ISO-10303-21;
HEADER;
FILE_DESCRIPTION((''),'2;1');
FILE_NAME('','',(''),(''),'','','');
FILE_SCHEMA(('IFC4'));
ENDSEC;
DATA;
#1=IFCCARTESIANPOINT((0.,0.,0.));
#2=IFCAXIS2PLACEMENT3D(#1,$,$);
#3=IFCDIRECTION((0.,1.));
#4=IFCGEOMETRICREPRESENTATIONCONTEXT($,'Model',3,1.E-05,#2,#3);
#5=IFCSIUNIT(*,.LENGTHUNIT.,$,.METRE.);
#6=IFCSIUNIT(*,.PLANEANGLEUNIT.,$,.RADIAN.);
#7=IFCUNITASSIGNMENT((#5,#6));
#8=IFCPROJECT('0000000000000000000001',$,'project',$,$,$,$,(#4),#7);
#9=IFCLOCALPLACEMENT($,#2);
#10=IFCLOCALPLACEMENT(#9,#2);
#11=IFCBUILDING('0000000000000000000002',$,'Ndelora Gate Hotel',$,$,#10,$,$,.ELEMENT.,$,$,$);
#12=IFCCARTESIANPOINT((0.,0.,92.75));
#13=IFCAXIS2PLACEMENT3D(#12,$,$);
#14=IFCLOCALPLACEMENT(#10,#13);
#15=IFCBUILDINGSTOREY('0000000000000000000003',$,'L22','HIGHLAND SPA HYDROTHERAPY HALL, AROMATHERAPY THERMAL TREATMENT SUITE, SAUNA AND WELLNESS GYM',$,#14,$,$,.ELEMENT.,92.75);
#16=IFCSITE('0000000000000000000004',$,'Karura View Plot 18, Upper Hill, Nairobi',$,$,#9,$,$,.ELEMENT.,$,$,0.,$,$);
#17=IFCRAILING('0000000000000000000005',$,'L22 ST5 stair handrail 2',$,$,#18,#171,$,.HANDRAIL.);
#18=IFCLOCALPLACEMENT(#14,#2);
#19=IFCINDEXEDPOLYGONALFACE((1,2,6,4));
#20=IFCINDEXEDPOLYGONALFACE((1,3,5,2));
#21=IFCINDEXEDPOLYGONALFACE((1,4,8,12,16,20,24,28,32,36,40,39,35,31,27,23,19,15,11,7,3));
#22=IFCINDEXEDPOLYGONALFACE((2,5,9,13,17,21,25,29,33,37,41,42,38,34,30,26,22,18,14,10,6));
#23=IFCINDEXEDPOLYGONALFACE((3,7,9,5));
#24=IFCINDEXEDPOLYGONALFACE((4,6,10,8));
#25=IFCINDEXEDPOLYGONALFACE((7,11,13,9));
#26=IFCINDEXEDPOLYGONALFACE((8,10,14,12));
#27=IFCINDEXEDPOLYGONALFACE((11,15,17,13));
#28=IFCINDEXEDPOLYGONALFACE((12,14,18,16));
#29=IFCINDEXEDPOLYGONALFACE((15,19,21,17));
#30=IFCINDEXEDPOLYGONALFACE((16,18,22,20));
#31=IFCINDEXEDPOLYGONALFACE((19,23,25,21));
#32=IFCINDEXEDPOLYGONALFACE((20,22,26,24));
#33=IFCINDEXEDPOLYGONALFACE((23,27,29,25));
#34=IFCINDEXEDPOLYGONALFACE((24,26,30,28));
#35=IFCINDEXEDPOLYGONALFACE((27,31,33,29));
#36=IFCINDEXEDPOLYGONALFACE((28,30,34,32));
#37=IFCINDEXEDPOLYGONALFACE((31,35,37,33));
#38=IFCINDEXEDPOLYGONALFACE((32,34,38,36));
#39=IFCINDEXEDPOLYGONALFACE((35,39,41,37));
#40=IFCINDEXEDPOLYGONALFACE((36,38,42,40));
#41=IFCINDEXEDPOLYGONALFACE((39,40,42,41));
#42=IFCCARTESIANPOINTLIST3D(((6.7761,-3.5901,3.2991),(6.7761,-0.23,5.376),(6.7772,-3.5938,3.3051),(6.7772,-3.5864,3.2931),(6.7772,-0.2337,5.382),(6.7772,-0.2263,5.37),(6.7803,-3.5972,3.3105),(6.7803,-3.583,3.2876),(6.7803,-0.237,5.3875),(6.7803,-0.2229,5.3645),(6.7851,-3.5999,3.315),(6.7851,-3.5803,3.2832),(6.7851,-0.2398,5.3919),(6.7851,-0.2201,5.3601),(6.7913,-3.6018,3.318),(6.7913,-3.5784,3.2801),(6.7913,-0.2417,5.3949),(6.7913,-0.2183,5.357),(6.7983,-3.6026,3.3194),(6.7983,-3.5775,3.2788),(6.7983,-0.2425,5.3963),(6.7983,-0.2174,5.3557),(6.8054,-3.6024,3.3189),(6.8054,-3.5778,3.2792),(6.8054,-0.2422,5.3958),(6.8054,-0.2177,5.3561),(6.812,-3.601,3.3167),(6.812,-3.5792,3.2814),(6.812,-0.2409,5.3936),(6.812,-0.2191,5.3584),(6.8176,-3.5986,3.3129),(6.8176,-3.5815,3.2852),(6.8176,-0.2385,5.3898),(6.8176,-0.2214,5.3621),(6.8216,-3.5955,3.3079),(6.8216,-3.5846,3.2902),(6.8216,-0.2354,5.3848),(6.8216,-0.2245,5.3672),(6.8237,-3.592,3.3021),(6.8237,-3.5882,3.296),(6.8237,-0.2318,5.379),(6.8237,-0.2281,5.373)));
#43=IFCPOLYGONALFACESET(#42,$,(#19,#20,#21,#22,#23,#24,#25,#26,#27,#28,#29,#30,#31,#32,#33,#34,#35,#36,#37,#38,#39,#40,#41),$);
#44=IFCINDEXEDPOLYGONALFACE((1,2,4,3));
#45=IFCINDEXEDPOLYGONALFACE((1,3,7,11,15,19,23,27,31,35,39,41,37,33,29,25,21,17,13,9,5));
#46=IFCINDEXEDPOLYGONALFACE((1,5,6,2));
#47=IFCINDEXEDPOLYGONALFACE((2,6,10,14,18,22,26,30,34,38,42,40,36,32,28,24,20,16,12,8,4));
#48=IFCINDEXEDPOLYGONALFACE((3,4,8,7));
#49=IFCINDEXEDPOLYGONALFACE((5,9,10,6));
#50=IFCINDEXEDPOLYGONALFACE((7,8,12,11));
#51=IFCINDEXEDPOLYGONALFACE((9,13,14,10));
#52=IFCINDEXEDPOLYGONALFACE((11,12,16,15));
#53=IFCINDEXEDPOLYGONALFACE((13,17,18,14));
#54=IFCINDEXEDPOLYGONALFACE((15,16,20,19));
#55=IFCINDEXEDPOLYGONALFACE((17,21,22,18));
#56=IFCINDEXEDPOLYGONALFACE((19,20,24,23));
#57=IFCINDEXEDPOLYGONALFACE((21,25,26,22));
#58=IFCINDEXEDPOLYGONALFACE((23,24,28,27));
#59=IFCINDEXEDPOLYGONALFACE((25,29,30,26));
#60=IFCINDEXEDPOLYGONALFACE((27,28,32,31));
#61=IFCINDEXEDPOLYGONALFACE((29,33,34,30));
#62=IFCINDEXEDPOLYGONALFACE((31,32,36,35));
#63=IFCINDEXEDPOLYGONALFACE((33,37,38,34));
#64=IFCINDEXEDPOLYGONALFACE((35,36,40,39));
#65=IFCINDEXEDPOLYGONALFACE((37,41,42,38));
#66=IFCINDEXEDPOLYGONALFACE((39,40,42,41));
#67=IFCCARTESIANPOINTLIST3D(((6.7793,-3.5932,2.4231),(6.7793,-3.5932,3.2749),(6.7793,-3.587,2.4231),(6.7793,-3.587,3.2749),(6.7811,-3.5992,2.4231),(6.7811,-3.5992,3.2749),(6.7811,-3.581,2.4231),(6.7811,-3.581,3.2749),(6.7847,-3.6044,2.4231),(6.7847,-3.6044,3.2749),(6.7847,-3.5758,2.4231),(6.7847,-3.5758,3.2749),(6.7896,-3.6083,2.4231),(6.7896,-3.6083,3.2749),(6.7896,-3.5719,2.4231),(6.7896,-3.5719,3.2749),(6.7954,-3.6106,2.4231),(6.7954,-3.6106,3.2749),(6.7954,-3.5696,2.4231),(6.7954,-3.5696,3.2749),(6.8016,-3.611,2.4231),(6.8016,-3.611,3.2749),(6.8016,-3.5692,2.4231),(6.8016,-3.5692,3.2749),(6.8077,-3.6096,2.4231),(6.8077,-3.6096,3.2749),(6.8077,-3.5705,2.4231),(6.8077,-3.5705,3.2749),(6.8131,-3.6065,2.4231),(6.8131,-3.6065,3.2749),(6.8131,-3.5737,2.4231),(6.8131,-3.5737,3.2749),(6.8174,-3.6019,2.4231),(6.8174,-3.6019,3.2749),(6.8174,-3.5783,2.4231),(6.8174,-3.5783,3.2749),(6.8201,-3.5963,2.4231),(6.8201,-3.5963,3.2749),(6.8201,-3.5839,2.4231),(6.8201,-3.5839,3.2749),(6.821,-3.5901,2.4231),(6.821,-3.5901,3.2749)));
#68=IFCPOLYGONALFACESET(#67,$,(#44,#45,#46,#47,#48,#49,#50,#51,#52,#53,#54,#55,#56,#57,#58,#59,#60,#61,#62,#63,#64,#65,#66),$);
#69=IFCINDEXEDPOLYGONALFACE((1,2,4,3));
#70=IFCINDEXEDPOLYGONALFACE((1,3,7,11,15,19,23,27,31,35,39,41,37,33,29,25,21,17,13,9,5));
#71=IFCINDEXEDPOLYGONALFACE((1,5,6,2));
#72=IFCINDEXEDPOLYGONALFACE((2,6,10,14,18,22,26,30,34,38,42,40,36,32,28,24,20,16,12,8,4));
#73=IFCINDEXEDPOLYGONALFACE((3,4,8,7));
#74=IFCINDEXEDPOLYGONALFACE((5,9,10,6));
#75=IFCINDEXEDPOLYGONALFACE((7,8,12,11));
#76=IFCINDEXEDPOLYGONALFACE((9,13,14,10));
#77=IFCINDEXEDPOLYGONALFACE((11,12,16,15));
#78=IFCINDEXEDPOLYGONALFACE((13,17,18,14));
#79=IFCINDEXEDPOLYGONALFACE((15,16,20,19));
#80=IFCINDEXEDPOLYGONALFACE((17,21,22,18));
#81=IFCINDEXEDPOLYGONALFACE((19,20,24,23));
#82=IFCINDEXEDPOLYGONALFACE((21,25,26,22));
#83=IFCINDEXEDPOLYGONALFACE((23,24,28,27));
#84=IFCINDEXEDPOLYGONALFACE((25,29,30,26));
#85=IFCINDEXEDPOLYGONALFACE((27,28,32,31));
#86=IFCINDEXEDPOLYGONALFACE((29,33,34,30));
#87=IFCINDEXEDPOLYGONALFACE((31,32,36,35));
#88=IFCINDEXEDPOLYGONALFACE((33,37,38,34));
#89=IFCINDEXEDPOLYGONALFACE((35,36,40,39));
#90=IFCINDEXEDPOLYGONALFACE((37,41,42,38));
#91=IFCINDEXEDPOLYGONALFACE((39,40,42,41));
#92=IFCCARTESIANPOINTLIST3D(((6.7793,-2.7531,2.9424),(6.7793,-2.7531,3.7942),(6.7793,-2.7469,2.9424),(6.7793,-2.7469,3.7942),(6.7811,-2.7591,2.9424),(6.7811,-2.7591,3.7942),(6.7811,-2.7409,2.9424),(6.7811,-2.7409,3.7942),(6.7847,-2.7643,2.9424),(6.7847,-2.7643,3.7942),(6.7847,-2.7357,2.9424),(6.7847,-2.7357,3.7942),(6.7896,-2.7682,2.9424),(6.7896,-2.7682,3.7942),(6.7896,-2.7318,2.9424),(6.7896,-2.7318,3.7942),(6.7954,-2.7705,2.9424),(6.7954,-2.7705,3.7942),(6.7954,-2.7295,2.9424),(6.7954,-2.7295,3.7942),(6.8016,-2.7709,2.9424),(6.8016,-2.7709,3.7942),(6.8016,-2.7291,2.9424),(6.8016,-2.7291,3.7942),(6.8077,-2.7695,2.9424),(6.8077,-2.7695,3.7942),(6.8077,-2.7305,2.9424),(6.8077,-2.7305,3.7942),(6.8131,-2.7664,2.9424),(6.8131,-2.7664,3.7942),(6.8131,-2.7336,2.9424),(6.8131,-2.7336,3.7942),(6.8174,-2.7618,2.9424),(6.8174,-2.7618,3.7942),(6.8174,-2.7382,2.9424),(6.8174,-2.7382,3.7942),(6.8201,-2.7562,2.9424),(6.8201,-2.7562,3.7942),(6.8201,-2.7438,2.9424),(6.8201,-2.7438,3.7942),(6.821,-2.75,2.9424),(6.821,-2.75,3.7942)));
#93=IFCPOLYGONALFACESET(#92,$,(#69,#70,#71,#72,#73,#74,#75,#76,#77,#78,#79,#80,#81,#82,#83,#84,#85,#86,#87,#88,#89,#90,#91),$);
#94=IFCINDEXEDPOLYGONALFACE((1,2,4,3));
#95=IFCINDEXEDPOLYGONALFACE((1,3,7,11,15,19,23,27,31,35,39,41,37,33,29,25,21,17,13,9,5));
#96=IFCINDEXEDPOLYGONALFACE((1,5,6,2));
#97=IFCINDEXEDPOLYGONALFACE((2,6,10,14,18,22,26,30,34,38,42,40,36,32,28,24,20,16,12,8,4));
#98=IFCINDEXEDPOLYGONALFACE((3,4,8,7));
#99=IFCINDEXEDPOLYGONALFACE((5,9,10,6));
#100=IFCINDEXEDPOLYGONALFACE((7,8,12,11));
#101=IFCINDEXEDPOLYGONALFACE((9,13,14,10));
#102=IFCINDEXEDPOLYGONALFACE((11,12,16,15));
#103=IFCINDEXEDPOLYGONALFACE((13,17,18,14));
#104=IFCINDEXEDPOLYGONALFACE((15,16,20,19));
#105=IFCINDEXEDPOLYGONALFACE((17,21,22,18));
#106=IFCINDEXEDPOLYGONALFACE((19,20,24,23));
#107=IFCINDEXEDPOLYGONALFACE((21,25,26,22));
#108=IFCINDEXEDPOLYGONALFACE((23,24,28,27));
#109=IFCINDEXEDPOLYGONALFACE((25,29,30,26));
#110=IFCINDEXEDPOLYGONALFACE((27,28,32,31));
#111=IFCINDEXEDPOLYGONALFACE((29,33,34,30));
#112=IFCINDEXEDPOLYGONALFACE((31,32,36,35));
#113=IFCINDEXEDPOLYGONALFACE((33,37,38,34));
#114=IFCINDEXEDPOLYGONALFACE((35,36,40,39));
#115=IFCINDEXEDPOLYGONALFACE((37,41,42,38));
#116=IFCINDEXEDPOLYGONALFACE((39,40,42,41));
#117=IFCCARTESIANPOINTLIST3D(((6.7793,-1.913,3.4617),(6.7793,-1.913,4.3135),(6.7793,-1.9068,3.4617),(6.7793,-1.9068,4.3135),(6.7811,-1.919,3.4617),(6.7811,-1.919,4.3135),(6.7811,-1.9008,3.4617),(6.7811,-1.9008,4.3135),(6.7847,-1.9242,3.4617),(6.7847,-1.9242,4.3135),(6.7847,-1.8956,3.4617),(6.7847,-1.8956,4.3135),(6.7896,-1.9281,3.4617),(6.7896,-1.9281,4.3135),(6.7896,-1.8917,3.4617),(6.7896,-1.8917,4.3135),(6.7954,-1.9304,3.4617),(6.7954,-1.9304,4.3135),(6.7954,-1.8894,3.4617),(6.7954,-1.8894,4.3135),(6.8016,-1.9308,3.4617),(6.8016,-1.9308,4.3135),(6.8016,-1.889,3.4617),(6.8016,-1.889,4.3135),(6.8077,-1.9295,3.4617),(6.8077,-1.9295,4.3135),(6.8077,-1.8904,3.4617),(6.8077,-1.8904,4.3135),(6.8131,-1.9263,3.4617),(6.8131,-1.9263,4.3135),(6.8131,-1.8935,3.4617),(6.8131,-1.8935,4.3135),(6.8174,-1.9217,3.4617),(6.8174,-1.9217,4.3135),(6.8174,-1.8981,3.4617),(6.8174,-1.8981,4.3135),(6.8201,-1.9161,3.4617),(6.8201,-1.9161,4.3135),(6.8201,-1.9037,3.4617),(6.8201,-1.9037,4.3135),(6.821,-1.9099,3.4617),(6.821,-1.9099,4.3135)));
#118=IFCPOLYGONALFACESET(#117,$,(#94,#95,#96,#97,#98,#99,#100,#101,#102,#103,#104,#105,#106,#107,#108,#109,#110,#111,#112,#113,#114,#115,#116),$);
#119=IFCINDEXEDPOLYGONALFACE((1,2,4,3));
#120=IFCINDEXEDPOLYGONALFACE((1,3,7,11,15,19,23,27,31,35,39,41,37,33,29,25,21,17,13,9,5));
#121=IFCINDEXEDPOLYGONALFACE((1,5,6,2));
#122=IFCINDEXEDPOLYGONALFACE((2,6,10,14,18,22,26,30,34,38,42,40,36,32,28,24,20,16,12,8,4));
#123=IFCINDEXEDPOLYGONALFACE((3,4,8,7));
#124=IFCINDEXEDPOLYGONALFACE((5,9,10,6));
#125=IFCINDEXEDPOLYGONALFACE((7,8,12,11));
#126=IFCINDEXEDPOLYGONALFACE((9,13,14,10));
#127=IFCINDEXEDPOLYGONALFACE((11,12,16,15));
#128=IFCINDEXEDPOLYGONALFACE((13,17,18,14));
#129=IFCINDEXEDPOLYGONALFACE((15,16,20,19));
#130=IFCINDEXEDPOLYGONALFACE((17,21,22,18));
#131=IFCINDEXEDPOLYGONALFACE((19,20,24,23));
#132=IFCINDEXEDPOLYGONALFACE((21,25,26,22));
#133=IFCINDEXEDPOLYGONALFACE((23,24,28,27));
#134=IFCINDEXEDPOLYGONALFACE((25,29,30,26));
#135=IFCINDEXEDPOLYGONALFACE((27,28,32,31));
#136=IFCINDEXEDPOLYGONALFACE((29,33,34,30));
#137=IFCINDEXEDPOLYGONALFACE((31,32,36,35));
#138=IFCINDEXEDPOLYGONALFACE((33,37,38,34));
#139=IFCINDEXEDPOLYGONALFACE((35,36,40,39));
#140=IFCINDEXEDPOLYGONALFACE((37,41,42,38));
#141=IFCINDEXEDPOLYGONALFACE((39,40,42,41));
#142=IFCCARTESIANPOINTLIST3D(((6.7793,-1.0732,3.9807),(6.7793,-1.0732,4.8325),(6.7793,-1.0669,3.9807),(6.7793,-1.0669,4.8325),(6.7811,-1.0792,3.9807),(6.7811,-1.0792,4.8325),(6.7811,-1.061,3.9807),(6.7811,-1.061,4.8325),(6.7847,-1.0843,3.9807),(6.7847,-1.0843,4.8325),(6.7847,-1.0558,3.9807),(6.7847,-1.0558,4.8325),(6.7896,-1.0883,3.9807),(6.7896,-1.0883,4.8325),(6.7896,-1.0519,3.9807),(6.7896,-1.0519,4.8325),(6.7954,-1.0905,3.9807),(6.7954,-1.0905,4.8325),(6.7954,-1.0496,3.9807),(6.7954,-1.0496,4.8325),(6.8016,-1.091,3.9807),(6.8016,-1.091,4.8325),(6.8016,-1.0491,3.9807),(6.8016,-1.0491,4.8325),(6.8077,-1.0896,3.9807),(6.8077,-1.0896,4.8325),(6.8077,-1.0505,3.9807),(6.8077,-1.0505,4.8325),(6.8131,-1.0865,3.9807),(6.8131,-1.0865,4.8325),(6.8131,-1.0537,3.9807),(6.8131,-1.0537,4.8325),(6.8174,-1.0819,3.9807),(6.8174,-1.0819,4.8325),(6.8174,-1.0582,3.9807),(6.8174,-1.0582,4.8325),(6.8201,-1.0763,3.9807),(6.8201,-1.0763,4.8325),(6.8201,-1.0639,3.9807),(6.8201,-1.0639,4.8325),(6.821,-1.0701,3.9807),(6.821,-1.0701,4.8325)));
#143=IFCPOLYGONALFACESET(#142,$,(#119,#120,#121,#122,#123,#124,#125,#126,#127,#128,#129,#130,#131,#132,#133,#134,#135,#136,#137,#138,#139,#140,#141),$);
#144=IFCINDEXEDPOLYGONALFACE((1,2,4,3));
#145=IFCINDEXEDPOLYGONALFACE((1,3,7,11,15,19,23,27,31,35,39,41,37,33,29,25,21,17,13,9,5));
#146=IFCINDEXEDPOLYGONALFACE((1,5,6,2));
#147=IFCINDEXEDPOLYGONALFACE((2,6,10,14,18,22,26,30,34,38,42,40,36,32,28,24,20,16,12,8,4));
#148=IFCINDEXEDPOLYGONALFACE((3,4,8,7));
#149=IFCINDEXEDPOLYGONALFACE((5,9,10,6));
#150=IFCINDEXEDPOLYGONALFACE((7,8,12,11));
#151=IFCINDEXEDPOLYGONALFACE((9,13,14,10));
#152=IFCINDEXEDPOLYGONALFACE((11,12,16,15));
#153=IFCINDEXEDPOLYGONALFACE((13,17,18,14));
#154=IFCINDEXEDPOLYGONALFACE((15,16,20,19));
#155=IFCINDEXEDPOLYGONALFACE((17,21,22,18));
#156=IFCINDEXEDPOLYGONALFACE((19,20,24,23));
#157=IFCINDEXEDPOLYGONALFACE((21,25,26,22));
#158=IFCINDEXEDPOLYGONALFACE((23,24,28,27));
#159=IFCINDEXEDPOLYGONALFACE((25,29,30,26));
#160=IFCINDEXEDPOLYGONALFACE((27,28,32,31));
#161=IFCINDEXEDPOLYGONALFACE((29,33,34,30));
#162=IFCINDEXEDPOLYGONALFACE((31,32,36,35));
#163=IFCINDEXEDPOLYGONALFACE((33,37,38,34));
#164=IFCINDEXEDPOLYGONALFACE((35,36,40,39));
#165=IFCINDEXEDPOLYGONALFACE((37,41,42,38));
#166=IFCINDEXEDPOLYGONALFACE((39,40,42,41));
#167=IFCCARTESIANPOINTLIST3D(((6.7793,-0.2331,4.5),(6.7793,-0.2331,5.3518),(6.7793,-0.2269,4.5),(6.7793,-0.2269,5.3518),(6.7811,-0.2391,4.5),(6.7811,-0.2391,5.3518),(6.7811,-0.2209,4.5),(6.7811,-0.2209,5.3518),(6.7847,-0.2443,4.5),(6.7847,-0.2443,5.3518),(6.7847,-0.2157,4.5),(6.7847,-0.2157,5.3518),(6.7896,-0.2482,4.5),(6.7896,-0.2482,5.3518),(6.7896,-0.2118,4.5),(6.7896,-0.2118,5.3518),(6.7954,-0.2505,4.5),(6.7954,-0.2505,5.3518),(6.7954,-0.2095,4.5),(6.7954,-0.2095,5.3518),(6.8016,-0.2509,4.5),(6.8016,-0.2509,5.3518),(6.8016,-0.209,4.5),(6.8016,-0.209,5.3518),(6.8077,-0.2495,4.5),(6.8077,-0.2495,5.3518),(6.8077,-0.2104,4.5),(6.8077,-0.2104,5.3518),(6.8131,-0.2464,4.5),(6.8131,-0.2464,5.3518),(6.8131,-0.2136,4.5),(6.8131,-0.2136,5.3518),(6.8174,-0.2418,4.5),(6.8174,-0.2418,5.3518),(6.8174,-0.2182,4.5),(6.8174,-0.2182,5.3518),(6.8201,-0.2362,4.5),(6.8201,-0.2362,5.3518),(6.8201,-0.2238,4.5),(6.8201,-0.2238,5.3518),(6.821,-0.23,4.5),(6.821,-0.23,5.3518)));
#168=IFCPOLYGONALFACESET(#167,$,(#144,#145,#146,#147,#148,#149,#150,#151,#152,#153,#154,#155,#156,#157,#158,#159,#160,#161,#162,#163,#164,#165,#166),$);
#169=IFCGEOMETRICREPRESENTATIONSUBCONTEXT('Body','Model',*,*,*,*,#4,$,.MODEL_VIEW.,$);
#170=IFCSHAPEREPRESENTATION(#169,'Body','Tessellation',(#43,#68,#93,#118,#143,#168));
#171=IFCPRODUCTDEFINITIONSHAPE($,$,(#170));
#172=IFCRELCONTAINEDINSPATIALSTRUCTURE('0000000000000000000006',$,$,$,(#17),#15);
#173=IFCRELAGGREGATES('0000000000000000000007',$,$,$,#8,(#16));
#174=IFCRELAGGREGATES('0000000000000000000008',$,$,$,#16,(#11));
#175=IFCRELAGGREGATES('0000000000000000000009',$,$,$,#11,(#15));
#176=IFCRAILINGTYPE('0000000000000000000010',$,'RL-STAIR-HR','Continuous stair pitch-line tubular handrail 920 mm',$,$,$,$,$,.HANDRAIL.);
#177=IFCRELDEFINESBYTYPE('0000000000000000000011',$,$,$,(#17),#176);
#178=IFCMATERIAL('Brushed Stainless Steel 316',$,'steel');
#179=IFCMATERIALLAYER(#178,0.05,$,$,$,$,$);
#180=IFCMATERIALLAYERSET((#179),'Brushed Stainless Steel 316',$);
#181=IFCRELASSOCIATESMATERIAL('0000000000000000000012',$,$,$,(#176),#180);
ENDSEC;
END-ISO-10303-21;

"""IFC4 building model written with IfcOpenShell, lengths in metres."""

from ifc_helpers import new_model, si_unit, direction, frame, origin, origin_2d, place, context, subcontext, project, spatial, circle, extrude, material, layer, layer_set, type_object, element, save


model = new_model("IFC4")

# Units and contexts
model_context = context("Model", 3, precision=1e-05, world=origin(), true_north=direction((0.0, 1.0)))
body_context = subcontext(model_context, "Body", "Model", "MODEL_VIEW")
ifc_project = project(units=[si_unit("LENGTHUNIT", "METRE"), si_unit("PLANEANGLEUNIT", "RADIAN")], contexts=[model_context])

# Site, building, storey
site_placement = place(None, origin())
site = spatial("IfcSite", under=ifc_project, at=site_placement, Name="Karura View Plot 18, Upper Hill, Nairobi", CompositionType="ELEMENT", RefElevation=0.0)
building_placement = place(site_placement, origin())
building = spatial("IfcBuilding", under=site, at=building_placement, Name="Ndelora Gate Hotel", CompositionType="ELEMENT")
storey_placement = place(building_placement, frame((0.0, 0.0, 92.75)))
storey = spatial("IfcBuildingStorey", under=building, at=storey_placement, Name="L22", Description="HIGHLAND SPA HYDROTHERAPY HALL, AROMATHERAPY THERMAL TREATMENT SUITE, SAUNA AND WELLNESS GYM", CompositionType="ELEMENT", Elevation=92.75)

# Railing
ifc_material_1 = material(Name="Brushed Stainless Steel 316", Category="steel")
ifc_layer_1 = layer(ifc_material_1, 0.05)
ifc_layer_set_1 = layer_set([ifc_layer_1], Name="Brushed Stainless Steel 316")
railing_type_1 = type_object("IfcRailingType", Name="RL-STAIR-HR", Description="Continuous stair pitch-line tubular handrail 920 mm", PredefinedType="HANDRAIL", material=ifc_layer_set_1)
railing_1_placement = place(storey_placement, frame((6.8, -3.5901, 2.4231)))
element("IfcRailing", 1, at=railing_1_placement, inside=storey, type_object=railing_type_1, Name="L22 ST5 stair handrail 2", PredefinedType="HANDRAIL", context=body_context, shape_type="SweptSolid", body=[
    extrude(circle(Radius=0.0239, at=origin_2d()), frame((0.0, 0.0, 0.876), z_axis=(0.0, 0.850623, 0.525776), x_axis=(-1.0, 0.0, 0.0)), (0.0, 0.0, 1.0), 3.9502),
    extrude(circle(Radius=0.021, at=origin_2d()), origin(), (0.0, 0.0, 1.0), 0.8518),
    extrude(circle(Radius=0.021, at=origin_2d()), frame((0.0, 0.8401, 0.5193)), (0.0, 0.0, 1.0), 0.8518),
    extrude(circle(Radius=0.021, at=origin_2d()), frame((0.0, 1.6802, 1.0386)), (0.0, 0.0, 1.0), 0.8518),
    extrude(circle(Radius=0.021, at=origin_2d()), frame((0.0, 2.52, 1.5576)), (0.0, 0.0, 1.0), 0.8518),
    extrude(circle(Radius=0.021, at=origin_2d()), frame((0.0, 3.3601, 2.0769)), (0.0, 0.0, 1.0), 0.8518),
])

save(model, "model.ifc")
